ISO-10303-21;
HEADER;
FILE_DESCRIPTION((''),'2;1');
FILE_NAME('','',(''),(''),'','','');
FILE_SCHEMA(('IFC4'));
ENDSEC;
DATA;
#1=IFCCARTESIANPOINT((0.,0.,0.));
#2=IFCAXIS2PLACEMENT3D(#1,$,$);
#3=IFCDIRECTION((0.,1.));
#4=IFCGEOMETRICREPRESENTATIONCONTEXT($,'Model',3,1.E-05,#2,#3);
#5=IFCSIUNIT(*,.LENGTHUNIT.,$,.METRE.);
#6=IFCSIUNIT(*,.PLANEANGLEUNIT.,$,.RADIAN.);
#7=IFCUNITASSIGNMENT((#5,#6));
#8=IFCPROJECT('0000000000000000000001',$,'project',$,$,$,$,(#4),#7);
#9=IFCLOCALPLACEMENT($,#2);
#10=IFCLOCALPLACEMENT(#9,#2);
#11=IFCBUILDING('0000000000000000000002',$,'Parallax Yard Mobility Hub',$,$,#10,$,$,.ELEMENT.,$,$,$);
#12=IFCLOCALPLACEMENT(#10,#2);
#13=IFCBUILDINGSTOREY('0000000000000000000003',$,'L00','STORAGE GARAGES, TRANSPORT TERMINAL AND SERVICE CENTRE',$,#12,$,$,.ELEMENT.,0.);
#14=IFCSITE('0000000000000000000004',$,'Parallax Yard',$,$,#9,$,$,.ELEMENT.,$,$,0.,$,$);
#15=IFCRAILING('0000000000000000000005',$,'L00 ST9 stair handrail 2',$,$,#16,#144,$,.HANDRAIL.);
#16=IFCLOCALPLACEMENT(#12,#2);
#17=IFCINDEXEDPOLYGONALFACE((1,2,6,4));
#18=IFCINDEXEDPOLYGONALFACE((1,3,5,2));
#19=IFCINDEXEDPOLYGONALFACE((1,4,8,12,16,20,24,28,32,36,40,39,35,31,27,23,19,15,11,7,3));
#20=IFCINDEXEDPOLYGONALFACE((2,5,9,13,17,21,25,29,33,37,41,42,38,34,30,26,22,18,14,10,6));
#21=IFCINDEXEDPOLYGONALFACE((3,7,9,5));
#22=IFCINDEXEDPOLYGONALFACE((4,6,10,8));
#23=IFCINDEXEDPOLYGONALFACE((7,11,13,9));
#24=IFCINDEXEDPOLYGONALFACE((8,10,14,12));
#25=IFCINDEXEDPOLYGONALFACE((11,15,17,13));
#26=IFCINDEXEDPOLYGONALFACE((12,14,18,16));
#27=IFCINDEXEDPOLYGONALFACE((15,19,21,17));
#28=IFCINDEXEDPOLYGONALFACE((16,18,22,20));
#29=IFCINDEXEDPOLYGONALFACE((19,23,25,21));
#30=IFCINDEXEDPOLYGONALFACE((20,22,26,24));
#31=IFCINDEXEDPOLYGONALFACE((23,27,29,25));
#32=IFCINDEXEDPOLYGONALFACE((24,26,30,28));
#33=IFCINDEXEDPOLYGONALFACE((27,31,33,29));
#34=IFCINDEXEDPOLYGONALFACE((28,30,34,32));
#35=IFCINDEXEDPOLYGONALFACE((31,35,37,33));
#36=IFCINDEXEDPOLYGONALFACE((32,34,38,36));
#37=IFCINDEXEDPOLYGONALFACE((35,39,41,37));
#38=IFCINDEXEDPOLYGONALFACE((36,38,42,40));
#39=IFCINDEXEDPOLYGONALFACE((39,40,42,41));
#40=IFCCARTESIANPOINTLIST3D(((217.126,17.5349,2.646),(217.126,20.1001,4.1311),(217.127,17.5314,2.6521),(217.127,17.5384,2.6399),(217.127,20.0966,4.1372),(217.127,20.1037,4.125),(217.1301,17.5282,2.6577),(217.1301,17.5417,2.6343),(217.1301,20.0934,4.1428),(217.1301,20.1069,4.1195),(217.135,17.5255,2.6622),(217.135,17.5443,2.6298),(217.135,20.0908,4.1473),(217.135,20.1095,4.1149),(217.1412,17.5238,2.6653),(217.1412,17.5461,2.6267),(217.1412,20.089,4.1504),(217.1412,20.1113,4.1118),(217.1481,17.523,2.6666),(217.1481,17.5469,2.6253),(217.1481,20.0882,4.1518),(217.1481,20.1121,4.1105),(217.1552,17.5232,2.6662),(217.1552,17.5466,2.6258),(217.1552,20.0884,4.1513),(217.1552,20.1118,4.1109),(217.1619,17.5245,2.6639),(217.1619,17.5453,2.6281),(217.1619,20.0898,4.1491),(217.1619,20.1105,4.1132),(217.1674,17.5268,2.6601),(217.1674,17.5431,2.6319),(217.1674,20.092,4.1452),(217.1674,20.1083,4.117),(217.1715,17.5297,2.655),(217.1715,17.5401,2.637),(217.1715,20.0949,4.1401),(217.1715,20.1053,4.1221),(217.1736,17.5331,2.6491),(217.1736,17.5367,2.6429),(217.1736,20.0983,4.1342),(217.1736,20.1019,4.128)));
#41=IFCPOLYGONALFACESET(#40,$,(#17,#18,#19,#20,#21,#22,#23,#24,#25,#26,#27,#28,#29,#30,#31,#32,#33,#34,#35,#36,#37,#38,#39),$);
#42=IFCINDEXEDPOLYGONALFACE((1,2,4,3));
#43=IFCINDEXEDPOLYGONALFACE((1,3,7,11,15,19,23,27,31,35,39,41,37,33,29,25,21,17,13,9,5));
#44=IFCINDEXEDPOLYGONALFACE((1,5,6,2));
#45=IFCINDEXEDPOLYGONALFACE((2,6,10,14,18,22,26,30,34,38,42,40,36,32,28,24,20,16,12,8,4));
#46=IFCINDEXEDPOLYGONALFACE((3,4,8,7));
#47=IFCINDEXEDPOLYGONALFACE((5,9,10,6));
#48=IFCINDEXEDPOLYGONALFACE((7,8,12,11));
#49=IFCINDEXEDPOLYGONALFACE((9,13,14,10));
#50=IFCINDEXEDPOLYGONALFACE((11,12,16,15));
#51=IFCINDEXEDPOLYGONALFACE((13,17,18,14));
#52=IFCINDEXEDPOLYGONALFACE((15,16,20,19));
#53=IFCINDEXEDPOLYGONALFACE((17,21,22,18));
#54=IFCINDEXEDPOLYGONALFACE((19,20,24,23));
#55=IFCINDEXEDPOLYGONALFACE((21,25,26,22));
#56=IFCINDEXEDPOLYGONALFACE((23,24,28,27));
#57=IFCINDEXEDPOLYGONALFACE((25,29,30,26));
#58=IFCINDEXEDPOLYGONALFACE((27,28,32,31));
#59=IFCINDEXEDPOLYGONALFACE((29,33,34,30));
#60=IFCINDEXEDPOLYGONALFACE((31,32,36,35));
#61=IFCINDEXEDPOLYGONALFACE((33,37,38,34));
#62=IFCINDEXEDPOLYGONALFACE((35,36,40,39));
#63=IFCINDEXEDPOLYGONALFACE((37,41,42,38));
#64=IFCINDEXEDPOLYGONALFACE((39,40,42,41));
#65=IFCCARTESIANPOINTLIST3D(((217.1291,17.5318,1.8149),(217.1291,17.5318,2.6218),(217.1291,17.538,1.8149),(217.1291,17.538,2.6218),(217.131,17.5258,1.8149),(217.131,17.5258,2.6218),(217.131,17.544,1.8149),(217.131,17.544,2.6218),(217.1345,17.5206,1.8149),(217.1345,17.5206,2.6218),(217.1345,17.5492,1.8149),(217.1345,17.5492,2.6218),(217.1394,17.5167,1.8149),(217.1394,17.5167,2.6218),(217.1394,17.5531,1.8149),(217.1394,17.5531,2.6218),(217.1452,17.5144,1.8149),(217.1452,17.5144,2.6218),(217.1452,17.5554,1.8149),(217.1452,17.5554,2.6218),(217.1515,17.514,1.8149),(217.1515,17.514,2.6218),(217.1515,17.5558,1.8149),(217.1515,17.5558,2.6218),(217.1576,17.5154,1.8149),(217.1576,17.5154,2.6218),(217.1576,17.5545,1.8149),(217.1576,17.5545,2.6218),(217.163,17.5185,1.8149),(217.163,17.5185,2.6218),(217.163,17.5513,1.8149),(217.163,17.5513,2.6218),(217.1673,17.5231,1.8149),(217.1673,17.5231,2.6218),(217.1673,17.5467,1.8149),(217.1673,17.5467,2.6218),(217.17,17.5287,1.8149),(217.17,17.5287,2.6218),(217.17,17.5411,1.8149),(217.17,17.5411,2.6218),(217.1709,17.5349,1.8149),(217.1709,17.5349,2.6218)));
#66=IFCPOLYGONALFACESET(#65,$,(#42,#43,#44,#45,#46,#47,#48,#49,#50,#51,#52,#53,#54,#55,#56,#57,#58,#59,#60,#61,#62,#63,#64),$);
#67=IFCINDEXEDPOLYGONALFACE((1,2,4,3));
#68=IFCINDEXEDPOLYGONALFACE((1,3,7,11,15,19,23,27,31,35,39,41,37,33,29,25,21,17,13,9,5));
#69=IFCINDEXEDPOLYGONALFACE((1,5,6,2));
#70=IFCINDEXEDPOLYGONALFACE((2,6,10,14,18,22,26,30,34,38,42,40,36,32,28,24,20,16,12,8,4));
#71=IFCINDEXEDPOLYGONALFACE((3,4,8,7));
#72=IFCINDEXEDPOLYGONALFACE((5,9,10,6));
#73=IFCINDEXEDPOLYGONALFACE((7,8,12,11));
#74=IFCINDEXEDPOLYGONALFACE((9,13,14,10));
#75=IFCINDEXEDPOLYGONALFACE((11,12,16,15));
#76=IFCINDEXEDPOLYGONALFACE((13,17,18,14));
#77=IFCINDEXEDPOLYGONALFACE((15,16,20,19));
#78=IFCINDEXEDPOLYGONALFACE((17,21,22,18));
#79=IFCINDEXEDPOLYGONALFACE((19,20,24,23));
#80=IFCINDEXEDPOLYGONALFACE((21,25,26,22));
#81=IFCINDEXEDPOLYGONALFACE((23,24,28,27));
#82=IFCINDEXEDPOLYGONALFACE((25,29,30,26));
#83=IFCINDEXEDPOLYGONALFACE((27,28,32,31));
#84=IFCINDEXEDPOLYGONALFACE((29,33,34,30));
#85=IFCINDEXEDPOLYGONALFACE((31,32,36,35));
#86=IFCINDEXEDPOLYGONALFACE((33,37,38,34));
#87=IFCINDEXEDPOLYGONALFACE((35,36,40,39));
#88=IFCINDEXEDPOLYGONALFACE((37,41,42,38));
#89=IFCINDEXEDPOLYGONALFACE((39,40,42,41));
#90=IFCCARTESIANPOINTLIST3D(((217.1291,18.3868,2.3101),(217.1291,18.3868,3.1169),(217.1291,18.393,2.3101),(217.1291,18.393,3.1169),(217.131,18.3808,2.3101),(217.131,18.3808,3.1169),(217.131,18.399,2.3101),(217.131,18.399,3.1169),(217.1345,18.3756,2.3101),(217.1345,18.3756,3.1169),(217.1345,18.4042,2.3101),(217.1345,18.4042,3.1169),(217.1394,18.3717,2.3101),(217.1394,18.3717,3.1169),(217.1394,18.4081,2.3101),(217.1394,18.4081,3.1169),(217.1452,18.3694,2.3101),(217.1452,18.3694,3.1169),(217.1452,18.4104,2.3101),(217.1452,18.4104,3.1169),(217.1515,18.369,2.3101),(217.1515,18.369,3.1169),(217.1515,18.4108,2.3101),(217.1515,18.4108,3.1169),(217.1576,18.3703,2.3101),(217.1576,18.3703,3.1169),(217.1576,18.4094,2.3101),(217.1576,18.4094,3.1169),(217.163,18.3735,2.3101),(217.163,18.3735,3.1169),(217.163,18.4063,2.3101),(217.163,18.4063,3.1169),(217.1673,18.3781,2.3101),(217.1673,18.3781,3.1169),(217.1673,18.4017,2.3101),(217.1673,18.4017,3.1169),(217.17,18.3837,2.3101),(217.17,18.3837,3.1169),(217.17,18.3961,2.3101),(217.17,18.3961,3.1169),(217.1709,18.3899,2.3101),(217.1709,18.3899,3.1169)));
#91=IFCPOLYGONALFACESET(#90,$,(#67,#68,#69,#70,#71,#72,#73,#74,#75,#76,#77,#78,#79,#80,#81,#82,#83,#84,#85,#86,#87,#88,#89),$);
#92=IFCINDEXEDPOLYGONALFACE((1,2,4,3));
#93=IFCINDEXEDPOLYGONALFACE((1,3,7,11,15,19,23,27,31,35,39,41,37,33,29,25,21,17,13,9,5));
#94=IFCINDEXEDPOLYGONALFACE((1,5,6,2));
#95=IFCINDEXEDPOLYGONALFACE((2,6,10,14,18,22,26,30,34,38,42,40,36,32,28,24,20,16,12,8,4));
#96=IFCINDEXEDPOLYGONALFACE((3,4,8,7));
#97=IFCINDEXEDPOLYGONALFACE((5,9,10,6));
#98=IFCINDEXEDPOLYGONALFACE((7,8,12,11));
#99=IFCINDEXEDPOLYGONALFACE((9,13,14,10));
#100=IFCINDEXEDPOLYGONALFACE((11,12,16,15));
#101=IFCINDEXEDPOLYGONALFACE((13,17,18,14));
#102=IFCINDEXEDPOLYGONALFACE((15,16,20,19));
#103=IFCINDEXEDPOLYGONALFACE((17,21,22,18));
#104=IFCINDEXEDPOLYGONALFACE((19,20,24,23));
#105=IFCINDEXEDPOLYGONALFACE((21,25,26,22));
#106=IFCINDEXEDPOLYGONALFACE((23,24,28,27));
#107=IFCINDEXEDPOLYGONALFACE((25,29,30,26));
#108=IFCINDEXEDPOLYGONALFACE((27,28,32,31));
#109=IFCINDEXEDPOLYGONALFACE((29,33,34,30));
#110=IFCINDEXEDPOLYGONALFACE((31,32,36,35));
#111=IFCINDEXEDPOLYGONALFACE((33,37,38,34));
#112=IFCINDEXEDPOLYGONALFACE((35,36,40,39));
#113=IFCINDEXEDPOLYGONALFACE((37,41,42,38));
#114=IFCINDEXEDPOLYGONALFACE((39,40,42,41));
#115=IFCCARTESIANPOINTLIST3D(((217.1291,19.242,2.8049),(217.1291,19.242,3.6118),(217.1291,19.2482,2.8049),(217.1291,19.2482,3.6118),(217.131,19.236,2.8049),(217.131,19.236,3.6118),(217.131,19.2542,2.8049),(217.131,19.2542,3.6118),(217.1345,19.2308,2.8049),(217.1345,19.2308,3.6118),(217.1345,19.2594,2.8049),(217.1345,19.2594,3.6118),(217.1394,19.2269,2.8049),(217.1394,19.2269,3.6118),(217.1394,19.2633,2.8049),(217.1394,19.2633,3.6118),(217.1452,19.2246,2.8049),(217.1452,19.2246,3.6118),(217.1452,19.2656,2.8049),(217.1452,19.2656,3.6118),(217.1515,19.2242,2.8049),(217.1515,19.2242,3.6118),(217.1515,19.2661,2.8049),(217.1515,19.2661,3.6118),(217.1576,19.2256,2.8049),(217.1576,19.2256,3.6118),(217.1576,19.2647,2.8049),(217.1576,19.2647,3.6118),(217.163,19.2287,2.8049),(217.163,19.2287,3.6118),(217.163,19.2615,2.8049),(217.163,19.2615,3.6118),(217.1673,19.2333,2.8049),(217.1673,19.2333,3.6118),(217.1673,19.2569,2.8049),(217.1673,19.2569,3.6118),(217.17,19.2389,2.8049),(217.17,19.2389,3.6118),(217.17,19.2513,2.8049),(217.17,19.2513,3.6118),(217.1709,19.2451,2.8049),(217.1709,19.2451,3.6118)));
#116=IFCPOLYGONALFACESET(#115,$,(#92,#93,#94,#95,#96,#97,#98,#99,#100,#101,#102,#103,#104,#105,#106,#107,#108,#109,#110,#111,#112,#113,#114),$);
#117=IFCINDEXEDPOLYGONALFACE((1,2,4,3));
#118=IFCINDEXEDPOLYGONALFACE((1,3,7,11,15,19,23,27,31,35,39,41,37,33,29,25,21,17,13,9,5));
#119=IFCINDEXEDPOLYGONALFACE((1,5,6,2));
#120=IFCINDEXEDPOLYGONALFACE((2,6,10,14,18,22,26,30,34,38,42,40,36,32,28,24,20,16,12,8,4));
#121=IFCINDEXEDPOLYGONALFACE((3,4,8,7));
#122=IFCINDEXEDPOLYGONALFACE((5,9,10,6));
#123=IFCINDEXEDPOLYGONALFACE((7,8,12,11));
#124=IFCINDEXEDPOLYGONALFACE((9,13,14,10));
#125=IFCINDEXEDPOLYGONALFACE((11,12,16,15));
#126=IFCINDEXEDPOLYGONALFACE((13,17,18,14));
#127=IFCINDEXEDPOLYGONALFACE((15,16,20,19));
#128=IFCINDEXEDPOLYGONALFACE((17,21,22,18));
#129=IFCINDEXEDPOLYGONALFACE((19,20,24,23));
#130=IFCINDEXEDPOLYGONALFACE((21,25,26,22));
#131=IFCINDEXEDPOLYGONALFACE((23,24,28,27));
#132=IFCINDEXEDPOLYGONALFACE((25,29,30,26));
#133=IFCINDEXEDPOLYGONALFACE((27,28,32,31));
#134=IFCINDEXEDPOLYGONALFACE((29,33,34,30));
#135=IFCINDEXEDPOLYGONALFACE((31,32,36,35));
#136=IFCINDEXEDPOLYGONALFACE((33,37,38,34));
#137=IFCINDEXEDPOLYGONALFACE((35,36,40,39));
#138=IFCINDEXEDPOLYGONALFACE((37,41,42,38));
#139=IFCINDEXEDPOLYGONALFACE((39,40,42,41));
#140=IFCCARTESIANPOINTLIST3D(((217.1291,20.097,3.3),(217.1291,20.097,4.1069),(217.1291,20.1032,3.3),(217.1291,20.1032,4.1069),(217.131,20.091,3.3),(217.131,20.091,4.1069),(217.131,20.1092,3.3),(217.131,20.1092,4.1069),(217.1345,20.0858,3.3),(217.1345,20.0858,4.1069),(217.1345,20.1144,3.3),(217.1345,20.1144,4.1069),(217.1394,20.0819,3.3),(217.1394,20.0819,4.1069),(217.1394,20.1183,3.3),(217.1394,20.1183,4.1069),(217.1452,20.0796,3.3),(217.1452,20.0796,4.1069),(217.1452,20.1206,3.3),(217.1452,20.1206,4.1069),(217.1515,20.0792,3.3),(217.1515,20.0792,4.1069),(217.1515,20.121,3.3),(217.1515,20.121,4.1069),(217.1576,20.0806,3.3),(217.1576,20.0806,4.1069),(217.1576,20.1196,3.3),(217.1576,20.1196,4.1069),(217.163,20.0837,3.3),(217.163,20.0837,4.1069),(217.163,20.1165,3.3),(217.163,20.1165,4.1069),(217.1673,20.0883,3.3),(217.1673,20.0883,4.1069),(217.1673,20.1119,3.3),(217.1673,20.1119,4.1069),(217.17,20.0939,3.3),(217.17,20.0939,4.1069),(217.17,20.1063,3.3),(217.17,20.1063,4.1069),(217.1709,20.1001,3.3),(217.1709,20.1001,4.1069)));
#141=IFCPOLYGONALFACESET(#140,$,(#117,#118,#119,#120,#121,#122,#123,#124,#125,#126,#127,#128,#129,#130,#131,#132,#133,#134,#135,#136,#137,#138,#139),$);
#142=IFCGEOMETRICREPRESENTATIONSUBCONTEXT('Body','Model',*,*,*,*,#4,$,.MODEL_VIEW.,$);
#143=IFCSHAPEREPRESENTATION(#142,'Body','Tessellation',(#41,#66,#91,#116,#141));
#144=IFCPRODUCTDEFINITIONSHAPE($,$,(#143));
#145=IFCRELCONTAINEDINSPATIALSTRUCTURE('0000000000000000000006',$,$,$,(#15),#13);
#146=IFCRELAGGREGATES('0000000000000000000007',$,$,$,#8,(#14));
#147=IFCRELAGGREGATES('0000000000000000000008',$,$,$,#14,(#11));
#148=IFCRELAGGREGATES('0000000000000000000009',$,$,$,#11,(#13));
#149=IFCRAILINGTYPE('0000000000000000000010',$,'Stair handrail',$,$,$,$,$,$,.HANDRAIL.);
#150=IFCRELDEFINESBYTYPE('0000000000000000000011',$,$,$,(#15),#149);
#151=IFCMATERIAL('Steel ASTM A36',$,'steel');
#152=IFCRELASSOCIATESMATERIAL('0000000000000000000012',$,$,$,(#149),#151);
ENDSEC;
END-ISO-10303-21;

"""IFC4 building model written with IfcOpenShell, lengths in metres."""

from ifc_helpers import new_model, si_unit, direction, frame, origin, origin_2d, place, context, subcontext, project, spatial, circle, extrude, material, type_object, element, save


model = new_model("IFC4")

# Units and contexts
model_context = context("Model", 3, precision=1e-05, world=origin(), true_north=direction((0.0, 1.0)))
body_context = subcontext(model_context, "Body", "Model", "MODEL_VIEW")
ifc_project = project(units=[si_unit("LENGTHUNIT", "METRE"), si_unit("PLANEANGLEUNIT", "RADIAN")], contexts=[model_context])

# Site, building, storey
site_placement = place(None, origin())
site = spatial("IfcSite", under=ifc_project, at=site_placement, Name="Parallax Yard", CompositionType="ELEMENT", RefElevation=0.0)
building_placement = place(site_placement, origin())
building = spatial("IfcBuilding", under=site, at=building_placement, Name="Parallax Yard Mobility Hub", CompositionType="ELEMENT")
storey_placement = place(building_placement, origin())
storey = spatial("IfcBuildingStorey", under=building, at=storey_placement, Name="L00", Description="STORAGE GARAGES, TRANSPORT TERMINAL AND SERVICE CENTRE", CompositionType="ELEMENT", Elevation=0.0)

# Railing
ifc_material_1 = material(Name="Steel ASTM A36", Category="steel")
railing_type_1 = type_object("IfcRailingType", Name="Stair handrail", PredefinedType="HANDRAIL", material=ifc_material_1)
railing_1_placement = place(storey_placement, frame((217.1499, 17.5349, 1.8149)))
element("IfcRailing", 1, at=railing_1_placement, inside=storey, type_object=railing_type_1, Name="L00 ST9 stair handrail 2", PredefinedType="HANDRAIL", context=body_context, shape_type="SweptSolid", body=[
    extrude(circle(Radius=0.0239, at=origin_2d()), frame((0.0, 0.0, 0.8311), z_axis=(0.0, 0.865426, 0.501036), x_axis=(-1.0, 0.0, 0.0)), (0.0, 0.0, 1.0), 2.9641),
    extrude(circle(Radius=0.021, at=origin_2d()), origin(), (0.0, 0.0, 1.0), 0.8069),
    extrude(circle(Radius=0.021, at=origin_2d()), frame((0.0, 0.855, 0.4951)), (0.0, 0.0, 1.0), 0.8069),
    extrude(circle(Radius=0.021, at=origin_2d()), frame((0.0, 1.7102, 0.99)), (0.0, 0.0, 1.0), 0.8069),
    extrude(circle(Radius=0.021, at=origin_2d()), frame((0.0, 2.5652, 1.4851)), (0.0, 0.0, 1.0), 0.8069),
])

save(model, "model.ifc")
